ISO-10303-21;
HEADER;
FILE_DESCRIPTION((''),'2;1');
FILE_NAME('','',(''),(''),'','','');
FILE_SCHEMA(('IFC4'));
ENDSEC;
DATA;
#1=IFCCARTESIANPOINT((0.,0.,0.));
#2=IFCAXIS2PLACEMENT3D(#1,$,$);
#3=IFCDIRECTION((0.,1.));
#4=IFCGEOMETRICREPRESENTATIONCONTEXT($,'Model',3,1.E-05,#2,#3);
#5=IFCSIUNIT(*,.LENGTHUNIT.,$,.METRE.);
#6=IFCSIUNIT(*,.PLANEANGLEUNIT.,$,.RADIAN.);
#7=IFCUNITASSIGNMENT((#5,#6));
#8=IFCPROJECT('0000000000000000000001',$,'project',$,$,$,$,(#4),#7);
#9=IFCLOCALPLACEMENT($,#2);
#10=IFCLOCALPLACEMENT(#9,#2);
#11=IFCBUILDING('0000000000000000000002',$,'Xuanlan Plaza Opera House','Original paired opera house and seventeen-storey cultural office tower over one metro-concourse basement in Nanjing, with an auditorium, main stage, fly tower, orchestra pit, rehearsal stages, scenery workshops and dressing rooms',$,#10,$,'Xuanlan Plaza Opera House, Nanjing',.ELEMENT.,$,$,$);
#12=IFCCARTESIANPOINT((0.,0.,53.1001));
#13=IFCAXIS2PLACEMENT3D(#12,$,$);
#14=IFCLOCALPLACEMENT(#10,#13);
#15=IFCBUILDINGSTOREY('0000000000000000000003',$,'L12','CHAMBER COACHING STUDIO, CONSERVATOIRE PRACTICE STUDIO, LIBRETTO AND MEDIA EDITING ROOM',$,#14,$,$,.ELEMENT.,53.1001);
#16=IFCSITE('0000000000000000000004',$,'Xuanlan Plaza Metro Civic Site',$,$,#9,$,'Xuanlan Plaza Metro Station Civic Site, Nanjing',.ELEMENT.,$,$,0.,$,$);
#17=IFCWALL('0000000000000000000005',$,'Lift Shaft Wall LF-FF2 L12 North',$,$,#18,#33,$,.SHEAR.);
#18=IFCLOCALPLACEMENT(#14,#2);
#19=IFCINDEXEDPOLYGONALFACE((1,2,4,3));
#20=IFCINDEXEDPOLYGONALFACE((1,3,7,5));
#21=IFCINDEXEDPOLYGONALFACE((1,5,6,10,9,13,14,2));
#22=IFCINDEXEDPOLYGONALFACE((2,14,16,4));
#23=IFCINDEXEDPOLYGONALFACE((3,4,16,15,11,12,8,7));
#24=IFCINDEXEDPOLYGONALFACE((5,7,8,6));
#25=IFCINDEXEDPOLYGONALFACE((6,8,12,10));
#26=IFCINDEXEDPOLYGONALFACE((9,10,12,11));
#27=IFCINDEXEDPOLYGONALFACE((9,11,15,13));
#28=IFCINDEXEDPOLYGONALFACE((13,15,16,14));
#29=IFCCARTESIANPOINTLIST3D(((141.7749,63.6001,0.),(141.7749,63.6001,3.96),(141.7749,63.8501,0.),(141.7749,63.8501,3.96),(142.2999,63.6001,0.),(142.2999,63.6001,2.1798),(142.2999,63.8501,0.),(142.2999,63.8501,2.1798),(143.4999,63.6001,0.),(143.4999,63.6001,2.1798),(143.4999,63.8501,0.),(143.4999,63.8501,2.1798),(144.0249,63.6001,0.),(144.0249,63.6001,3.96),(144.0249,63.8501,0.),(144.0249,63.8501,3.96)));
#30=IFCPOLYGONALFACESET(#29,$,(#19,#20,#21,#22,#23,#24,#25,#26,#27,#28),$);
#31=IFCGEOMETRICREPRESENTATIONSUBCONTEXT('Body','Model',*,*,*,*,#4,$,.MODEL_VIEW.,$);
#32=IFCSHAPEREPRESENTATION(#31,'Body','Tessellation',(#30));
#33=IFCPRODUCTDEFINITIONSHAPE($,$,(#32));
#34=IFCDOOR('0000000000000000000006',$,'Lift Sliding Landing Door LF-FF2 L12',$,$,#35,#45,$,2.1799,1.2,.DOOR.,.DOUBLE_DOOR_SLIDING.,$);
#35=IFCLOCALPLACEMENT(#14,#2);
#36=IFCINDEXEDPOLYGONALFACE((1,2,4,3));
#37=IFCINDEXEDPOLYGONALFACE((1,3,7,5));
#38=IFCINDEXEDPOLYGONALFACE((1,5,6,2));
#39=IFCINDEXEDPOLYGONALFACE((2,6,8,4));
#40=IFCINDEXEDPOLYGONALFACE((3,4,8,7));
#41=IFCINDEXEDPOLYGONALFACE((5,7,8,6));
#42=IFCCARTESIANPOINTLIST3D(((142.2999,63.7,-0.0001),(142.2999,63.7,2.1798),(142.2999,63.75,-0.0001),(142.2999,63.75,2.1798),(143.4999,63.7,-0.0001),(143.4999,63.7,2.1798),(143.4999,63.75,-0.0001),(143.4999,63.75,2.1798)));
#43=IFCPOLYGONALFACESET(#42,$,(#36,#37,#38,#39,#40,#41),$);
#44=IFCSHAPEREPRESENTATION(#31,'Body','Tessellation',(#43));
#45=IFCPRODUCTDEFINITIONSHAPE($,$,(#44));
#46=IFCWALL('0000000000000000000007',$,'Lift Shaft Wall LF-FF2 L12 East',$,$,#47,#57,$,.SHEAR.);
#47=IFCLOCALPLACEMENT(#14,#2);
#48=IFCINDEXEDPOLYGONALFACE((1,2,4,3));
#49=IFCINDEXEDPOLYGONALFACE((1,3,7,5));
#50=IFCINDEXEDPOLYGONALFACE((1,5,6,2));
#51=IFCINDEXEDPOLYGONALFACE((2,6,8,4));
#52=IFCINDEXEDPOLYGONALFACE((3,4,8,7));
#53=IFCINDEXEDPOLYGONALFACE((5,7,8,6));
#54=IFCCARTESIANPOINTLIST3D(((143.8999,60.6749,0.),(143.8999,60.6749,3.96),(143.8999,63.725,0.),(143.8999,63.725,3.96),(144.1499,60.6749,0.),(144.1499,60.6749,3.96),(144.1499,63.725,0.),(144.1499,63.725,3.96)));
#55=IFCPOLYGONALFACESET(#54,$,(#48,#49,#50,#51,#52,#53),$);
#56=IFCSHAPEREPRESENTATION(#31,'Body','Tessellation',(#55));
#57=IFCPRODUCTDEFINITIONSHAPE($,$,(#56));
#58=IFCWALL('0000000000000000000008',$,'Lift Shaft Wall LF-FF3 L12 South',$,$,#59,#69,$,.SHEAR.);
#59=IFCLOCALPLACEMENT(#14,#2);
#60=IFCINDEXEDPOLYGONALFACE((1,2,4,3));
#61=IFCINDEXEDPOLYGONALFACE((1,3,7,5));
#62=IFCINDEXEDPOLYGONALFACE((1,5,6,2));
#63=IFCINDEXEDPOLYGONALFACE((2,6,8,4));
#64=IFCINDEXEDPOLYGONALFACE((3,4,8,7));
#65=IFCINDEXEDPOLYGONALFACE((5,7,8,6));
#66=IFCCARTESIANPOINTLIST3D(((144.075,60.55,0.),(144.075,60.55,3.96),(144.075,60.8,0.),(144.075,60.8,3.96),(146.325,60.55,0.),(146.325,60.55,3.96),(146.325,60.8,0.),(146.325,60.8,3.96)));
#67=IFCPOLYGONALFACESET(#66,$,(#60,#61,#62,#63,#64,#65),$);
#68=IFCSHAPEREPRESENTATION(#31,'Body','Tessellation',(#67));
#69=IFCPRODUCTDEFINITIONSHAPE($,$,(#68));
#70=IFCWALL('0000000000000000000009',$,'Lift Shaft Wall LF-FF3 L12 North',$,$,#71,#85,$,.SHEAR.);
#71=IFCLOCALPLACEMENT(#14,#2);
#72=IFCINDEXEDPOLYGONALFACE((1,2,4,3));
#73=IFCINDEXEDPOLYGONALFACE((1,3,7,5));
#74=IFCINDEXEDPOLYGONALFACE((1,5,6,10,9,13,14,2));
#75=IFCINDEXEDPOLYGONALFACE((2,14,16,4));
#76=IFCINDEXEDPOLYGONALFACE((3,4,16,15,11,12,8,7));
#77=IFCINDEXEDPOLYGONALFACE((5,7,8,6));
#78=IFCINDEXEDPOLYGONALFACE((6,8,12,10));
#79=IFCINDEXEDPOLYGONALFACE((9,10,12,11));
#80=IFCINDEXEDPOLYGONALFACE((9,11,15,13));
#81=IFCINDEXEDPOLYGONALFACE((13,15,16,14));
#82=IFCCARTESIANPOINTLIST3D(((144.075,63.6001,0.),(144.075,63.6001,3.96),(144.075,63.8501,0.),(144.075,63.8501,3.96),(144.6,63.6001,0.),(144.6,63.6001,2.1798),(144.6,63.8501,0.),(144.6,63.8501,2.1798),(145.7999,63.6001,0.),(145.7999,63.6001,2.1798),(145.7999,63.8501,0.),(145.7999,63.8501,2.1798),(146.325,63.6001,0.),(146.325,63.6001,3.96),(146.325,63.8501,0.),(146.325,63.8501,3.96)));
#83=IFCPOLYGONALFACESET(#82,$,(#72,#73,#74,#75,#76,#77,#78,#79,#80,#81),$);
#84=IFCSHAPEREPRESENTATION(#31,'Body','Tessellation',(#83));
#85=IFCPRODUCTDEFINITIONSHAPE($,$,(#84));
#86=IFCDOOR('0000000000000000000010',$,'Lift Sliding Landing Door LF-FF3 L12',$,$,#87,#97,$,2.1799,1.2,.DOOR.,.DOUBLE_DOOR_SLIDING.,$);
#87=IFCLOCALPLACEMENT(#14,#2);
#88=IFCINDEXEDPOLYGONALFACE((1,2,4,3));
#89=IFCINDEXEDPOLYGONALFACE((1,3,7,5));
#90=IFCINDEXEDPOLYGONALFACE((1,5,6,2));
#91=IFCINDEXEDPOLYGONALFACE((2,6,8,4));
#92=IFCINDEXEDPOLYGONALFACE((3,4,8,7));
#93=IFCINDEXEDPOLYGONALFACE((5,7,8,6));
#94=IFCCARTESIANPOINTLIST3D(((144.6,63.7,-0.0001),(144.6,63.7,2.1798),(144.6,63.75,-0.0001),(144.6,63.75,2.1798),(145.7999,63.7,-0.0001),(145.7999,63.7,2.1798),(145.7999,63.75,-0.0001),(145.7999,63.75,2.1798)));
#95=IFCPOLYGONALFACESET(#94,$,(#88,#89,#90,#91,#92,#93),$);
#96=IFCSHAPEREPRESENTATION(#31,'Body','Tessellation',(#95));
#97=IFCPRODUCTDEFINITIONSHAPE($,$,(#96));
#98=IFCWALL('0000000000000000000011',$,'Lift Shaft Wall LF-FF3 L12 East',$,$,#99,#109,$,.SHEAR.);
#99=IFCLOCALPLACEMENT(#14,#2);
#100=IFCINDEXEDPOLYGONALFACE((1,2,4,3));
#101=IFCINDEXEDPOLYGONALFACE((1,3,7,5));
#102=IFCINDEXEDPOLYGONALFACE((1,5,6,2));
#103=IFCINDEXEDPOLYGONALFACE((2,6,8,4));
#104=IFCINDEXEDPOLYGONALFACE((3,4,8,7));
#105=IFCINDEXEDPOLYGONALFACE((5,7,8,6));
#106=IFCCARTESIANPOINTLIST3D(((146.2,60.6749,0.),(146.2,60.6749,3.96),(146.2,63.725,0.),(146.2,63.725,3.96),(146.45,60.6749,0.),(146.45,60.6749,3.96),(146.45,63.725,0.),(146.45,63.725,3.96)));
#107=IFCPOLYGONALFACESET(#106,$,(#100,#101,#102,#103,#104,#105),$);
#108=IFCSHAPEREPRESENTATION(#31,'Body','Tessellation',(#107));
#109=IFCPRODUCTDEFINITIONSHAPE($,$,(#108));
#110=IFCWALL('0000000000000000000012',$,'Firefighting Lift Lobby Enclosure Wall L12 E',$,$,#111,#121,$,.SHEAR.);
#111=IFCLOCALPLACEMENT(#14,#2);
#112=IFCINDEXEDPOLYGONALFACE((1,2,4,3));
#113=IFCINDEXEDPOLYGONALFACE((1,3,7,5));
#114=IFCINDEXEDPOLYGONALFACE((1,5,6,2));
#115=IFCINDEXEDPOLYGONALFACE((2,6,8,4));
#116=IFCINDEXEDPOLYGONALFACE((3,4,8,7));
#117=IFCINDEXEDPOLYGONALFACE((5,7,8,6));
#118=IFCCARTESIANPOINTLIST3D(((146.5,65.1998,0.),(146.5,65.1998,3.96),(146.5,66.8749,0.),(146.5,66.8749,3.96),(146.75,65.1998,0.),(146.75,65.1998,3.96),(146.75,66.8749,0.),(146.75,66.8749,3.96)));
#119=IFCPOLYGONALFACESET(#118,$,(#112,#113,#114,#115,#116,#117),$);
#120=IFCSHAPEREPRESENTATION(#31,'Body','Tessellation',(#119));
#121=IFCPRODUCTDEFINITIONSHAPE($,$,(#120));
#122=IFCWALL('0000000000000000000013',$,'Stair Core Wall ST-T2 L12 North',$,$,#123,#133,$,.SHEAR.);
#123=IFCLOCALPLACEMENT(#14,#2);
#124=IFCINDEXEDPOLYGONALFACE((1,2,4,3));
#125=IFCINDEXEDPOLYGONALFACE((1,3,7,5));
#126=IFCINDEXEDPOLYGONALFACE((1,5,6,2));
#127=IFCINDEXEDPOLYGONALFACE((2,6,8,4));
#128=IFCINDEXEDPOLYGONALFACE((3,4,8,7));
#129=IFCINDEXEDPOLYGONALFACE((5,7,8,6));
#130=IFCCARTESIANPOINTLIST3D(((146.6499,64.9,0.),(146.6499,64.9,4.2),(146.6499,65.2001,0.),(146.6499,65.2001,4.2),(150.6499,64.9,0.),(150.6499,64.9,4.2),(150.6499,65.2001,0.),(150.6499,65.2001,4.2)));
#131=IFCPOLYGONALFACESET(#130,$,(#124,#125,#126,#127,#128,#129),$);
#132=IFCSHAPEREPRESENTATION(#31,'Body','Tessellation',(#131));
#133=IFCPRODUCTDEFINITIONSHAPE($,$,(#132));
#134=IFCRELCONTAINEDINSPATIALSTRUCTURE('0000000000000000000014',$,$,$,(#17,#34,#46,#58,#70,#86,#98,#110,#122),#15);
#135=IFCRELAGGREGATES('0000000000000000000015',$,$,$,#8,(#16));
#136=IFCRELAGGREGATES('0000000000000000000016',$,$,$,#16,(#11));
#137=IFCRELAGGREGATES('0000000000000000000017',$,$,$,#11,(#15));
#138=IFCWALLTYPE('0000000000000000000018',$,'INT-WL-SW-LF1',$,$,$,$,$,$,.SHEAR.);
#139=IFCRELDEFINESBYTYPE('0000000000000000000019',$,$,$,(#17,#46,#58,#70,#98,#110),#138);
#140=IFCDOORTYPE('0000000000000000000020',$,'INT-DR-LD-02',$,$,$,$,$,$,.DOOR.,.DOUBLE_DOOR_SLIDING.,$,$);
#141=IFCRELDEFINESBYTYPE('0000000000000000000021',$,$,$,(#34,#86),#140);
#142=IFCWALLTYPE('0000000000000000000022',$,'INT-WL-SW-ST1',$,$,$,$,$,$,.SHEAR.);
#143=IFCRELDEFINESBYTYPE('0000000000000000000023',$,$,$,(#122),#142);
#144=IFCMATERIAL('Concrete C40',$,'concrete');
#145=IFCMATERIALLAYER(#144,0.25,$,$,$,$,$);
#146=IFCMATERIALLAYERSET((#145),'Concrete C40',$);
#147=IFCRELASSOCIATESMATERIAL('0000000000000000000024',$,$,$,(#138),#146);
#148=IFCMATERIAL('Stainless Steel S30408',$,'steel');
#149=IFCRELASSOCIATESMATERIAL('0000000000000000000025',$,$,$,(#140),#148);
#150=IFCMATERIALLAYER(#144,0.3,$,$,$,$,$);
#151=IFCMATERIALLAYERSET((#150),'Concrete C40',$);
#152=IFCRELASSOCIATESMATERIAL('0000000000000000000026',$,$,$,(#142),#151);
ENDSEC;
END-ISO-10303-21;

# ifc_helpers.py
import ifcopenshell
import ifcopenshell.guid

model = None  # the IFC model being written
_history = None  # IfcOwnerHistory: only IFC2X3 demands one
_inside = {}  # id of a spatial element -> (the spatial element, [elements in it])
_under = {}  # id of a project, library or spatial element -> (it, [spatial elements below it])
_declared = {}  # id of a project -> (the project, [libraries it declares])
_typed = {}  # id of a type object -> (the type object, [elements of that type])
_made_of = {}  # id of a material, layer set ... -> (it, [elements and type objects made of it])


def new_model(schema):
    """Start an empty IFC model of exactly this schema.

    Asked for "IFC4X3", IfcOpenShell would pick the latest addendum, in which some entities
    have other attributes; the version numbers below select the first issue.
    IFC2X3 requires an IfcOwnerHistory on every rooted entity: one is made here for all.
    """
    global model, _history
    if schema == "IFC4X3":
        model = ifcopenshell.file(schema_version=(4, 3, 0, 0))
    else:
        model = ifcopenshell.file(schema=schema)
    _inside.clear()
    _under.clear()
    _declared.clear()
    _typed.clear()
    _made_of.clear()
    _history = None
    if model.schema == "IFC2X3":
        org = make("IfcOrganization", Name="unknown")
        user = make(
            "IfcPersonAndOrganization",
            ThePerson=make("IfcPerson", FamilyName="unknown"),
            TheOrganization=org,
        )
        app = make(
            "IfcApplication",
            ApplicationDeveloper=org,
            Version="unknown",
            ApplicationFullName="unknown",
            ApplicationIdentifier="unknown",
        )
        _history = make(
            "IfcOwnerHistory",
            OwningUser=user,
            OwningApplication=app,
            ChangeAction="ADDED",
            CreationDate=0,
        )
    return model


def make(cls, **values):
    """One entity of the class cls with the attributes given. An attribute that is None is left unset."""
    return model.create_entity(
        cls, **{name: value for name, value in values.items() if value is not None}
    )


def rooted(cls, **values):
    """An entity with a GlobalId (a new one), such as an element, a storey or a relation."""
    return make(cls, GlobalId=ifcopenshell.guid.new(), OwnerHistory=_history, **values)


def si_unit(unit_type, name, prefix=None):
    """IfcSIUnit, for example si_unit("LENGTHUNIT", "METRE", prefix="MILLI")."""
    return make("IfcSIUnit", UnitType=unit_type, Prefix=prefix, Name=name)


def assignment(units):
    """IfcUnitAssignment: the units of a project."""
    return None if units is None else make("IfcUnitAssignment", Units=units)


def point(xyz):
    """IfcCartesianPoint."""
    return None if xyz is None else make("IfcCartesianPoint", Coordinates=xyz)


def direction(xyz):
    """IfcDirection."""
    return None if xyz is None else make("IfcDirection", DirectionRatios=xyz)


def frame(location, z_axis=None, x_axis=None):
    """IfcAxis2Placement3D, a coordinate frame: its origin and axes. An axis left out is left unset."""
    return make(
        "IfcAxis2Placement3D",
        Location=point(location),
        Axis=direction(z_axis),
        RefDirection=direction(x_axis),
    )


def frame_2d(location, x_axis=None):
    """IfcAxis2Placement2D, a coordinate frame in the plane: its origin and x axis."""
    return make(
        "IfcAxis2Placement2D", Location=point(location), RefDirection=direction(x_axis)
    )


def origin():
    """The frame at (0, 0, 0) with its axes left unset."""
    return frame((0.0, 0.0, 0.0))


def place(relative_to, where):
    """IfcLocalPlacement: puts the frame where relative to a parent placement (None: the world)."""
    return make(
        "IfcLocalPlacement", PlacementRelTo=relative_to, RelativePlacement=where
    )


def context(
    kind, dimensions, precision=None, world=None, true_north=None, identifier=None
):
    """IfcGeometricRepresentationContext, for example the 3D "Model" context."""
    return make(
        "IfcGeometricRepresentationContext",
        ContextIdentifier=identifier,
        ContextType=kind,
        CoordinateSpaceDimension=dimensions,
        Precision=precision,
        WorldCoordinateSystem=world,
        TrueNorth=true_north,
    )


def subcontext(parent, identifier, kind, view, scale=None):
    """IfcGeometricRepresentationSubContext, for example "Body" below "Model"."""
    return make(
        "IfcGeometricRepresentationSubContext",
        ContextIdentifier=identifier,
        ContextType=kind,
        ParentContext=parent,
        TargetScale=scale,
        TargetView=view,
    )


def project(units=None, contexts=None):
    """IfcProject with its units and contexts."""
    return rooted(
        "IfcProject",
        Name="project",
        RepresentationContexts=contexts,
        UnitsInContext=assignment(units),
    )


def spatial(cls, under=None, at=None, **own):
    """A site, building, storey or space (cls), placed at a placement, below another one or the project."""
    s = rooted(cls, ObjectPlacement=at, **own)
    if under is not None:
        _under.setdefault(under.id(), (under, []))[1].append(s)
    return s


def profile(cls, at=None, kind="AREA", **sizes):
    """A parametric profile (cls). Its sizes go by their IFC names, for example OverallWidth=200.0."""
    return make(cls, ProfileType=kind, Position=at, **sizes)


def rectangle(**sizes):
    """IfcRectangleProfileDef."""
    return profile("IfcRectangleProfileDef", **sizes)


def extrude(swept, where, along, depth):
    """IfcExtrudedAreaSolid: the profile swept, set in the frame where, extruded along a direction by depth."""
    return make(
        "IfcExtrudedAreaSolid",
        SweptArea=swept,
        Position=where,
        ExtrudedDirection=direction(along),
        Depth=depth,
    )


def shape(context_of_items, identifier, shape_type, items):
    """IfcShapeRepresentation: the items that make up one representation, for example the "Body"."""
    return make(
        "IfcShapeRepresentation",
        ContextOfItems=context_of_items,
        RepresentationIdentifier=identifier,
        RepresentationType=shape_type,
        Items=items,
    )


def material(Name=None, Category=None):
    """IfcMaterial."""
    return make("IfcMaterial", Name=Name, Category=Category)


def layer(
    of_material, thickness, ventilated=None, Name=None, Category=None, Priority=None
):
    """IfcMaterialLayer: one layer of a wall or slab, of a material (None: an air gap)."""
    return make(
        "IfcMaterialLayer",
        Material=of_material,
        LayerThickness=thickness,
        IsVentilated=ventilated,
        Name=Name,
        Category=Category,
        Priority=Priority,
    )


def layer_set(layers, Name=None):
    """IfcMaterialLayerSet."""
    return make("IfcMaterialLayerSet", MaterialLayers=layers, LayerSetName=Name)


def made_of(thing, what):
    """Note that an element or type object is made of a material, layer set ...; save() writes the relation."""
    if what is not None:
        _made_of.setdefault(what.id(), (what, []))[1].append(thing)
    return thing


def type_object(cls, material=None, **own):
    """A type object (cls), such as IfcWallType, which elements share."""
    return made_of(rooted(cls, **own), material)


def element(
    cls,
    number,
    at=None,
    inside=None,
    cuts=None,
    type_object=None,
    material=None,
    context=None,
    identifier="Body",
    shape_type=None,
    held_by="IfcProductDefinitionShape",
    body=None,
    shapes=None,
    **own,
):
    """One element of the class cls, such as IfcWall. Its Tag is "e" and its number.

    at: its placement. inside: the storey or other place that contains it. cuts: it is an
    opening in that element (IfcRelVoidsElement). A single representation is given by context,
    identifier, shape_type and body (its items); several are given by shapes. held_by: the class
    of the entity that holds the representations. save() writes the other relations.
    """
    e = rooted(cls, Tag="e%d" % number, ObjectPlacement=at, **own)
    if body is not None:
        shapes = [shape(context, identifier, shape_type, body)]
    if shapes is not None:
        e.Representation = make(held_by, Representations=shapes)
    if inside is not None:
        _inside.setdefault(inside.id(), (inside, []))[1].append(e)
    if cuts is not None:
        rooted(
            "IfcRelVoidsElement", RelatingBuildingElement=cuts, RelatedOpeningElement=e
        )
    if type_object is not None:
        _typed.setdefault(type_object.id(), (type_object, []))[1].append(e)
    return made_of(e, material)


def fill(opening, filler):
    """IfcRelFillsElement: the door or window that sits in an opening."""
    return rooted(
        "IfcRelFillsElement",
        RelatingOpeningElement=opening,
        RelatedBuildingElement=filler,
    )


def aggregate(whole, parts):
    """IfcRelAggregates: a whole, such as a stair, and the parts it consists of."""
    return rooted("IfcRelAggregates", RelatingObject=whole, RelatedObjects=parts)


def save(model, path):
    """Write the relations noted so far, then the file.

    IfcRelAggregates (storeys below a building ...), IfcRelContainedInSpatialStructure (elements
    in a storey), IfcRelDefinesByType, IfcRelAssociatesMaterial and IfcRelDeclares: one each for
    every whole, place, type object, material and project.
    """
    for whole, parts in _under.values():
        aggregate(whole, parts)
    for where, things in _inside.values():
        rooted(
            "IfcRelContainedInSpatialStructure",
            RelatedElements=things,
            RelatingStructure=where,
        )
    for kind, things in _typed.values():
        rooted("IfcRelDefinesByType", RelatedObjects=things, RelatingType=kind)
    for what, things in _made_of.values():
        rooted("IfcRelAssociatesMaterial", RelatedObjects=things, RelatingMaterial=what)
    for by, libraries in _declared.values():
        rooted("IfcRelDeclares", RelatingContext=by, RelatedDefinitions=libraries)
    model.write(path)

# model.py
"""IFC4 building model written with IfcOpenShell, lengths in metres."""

from ifc_helpers import new_model, si_unit, direction, frame, frame_2d, origin, place, context, subcontext, project, spatial, rectangle, extrude, material, layer, layer_set, type_object, element, fill, save


model = new_model("IFC4")

# Units and contexts
model_context = context("Model", 3, precision=1e-05, world=origin(), true_north=direction((0.0, 1.0)))
body_context = subcontext(model_context, "Body", "Model", "MODEL_VIEW")
ifc_project = project(units=[si_unit("LENGTHUNIT", "METRE"), si_unit("PLANEANGLEUNIT", "RADIAN")], contexts=[model_context])

# Site, building, storey
site_placement = place(None, origin())
site = spatial("IfcSite", under=ifc_project, at=site_placement, Name="Xuanlan Plaza Metro Civic Site", LongName="Xuanlan Plaza Metro Station Civic Site, Nanjing", CompositionType="ELEMENT", RefElevation=0.0)
building_placement = place(site_placement, origin())
building = spatial("IfcBuilding", under=site, at=building_placement, Name="Xuanlan Plaza Opera House", Description="Original paired opera house and seventeen-storey cultural office tower over one metro-concourse basement in Nanjing, with an auditorium, main stage, fly tower, orchestra pit, rehearsal stages, scenery workshops and dressing rooms", LongName="Xuanlan Plaza Opera House, Nanjing", CompositionType="ELEMENT")
storey_placement = place(building_placement, frame((0.0, 0.0, 53.1001)))
storey = spatial("IfcBuildingStorey", under=building, at=storey_placement, Name="L12", Description="CHAMBER COACHING STUDIO, CONSERVATOIRE PRACTICE STUDIO, LIBRETTO AND MEDIA EDITING ROOM", CompositionType="ELEMENT", Elevation=53.1001)

# Shared definitions
ifc_material_1 = material(Name="Concrete C40", Category="concrete")

# Shared definitions
ifc_layer_1 = layer(ifc_material_1, 0.25)
ifc_layer_set_1 = layer_set([ifc_layer_1], Name="Concrete C40")
wall_type_1 = type_object("IfcWallType", Name="INT-WL-SW-LF1", PredefinedType="SHEAR", material=ifc_layer_set_1)

# Wall, opening, door
wall_1_placement = place(storey_placement, frame((141.7749, 63.7251, 0.0), z_axis=(0.0, 0.0, 1.0), x_axis=(1.0, 0.0, 0.0)))
wall_1 = element("IfcWall", 1, at=wall_1_placement, inside=storey, type_object=wall_type_1, Name="Lift Shaft Wall LF-FF2 L12 North", PredefinedType="SHEAR", context=body_context, shape_type="SweptSolid", body=[
    extrude(rectangle(XDim=2.25, YDim=0.25, at=frame_2d((1.125, 0.0))), origin(), (0.0, 0.0, 1.0), 3.96),
])
opening_1_placement = place(wall_1_placement, frame((0.5249, 0.0, 0.0)))
opening_1 = element("IfcOpeningElement", 2, at=opening_1_placement, cuts=wall_1, PredefinedType="OPENING", context=body_context, shape_type="SweptSolid", body=[
    extrude(rectangle(XDim=1.2, YDim=2.1799, at=frame_2d((0.6001, 1.0898))), frame((0.0, 0.135, 0.0), z_axis=(0.0, -1.0, 0.0), x_axis=(1.0, 0.0, 0.0)), (0.0, 0.0, 1.0), 0.27),
])
ifc_material_2 = material(Name="Stainless Steel S30408", Category="steel")
door_type_1 = type_object("IfcDoorType", Name="INT-DR-LD-02", OperationType="DOUBLE_DOOR_SLIDING", PredefinedType="DOOR", material=ifc_material_2)
door_1_placement = place(opening_1_placement, origin())
door_1 = element("IfcDoor", 3, at=door_1_placement, inside=storey, type_object=door_type_1, Name="Lift Sliding Landing Door LF-FF2 L12", OperationType="DOUBLE_DOOR_SLIDING", OverallHeight=2.1799, OverallWidth=1.2, PredefinedType="DOOR", context=body_context, shape_type="SweptSolid", body=[
    extrude(rectangle(XDim=1.2, YDim=2.1799, at=frame_2d((0.6001, 1.0898))), frame((0.0, 0.0249, 0.0), z_axis=(0.0, -1.0, 0.0), x_axis=(1.0, 0.0, 0.0)), (0.0, 0.0, 1.0), 0.05),
])
fill(opening_1, door_1)

# Walls
wall_2_placement = place(storey_placement, frame((144.0249, 60.675, 0.0), z_axis=(0.0, 0.0, 1.0), x_axis=(0.0, 1.0, 0.0)))
element("IfcWall", 4, at=wall_2_placement, inside=storey, type_object=wall_type_1, Name="Lift Shaft Wall LF-FF2 L12 East", PredefinedType="SHEAR", context=body_context, shape_type="SweptSolid", body=[
    extrude(rectangle(XDim=3.05, YDim=0.25, at=frame_2d((1.5249, 0.0))), origin(), (0.0, 0.0, 1.0), 3.96),
])
wall_3_placement = place(storey_placement, frame((144.075, 60.675, 0.0), z_axis=(0.0, 0.0, 1.0), x_axis=(1.0, 0.0, 0.0)))
element("IfcWall", 5, at=wall_3_placement, inside=storey, type_object=wall_type_1, Name="Lift Shaft Wall LF-FF3 L12 South", PredefinedType="SHEAR", context=body_context, shape_type="SweptSolid", body=[
    extrude(rectangle(XDim=2.25, YDim=0.25, at=frame_2d((1.125, 0.0))), origin(), (0.0, 0.0, 1.0), 3.96),
])

# Wall, opening, door
wall_4_placement = place(storey_placement, frame((144.075, 63.7251, 0.0), z_axis=(0.0, 0.0, 1.0), x_axis=(1.0, 0.0, 0.0)))
wall_4 = element("IfcWall", 6, at=wall_4_placement, inside=storey, type_object=wall_type_1, Name="Lift Shaft Wall LF-FF3 L12 North", PredefinedType="SHEAR", context=body_context, shape_type="SweptSolid", body=[
    extrude(rectangle(XDim=2.25, YDim=0.25, at=frame_2d((1.125, 0.0))), origin(), (0.0, 0.0, 1.0), 3.96),
])
opening_2_placement = place(wall_4_placement, frame((0.5249, 0.0, 0.0)))
opening_2 = element("IfcOpeningElement", 7, at=opening_2_placement, cuts=wall_4, PredefinedType="OPENING", context=body_context, shape_type="SweptSolid", body=[
    extrude(rectangle(XDim=1.2, YDim=2.1799, at=frame_2d((0.6001, 1.0898))), frame((0.0, 0.135, 0.0), z_axis=(0.0, -1.0, 0.0), x_axis=(1.0, 0.0, 0.0)), (0.0, 0.0, 1.0), 0.27),
])
door_2_placement = place(opening_2_placement, origin())
door_2 = element("IfcDoor", 8, at=door_2_placement, inside=storey, type_object=door_type_1, Name="Lift Sliding Landing Door LF-FF3 L12", OperationType="DOUBLE_DOOR_SLIDING", OverallHeight=2.1799, OverallWidth=1.2, PredefinedType="DOOR", context=body_context, shape_type="SweptSolid", body=[
    extrude(rectangle(XDim=1.2, YDim=2.1799, at=frame_2d((0.6001, 1.0898))), frame((0.0, 0.0249, 0.0), z_axis=(0.0, -1.0, 0.0), x_axis=(1.0, 0.0, 0.0)), (0.0, 0.0, 1.0), 0.05),
])
fill(opening_2, door_2)

# Walls
wall_5_placement = place(storey_placement, frame((146.325, 60.675, 0.0), z_axis=(0.0, 0.0, 1.0), x_axis=(0.0, 1.0, 0.0)))
element("IfcWall", 9, at=wall_5_placement, inside=storey, type_object=wall_type_1, Name="Lift Shaft Wall LF-FF3 L12 East", PredefinedType="SHEAR", context=body_context, shape_type="SweptSolid", body=[
    extrude(rectangle(XDim=3.05, YDim=0.25, at=frame_2d((1.5249, 0.0))), origin(), (0.0, 0.0, 1.0), 3.96),
])
wall_6_placement = place(storey_placement, frame((146.625, 65.2, 0.0), z_axis=(0.0, 0.0, 1.0), x_axis=(0.0, 1.0, 0.0)))
element("IfcWall", 10, at=wall_6_placement, inside=storey, type_object=wall_type_1, Name="Firefighting Lift Lobby Enclosure Wall L12 E", PredefinedType="SHEAR", context=body_context, shape_type="SweptSolid", body=[
    extrude(rectangle(XDim=1.675, YDim=0.25, at=frame_2d((0.8374, 0.0))), origin(), (0.0, 0.0, 1.0), 3.96),
])
ifc_layer_2 = layer(ifc_material_1, 0.3)
ifc_layer_set_2 = layer_set([ifc_layer_2], Name="Concrete C40")
wall_type_2 = type_object("IfcWallType", Name="INT-WL-SW-ST1", PredefinedType="SHEAR", material=ifc_layer_set_2)
wall_7_placement = place(storey_placement, frame((146.6499, 65.05, 0.0), z_axis=(0.0, 0.0, 1.0), x_axis=(1.0, 0.0, 0.0)))
element("IfcWall", 11, at=wall_7_placement, inside=storey, type_object=wall_type_2, Name="Stair Core Wall ST-T2 L12 North", PredefinedType="SHEAR", context=body_context, shape_type="SweptSolid", body=[
    extrude(rectangle(XDim=4.0, YDim=0.3, at=frame_2d((2.0, 0.0))), origin(), (0.0, 0.0, 1.0), 4.2),
])

save(model, "model.ifc")
